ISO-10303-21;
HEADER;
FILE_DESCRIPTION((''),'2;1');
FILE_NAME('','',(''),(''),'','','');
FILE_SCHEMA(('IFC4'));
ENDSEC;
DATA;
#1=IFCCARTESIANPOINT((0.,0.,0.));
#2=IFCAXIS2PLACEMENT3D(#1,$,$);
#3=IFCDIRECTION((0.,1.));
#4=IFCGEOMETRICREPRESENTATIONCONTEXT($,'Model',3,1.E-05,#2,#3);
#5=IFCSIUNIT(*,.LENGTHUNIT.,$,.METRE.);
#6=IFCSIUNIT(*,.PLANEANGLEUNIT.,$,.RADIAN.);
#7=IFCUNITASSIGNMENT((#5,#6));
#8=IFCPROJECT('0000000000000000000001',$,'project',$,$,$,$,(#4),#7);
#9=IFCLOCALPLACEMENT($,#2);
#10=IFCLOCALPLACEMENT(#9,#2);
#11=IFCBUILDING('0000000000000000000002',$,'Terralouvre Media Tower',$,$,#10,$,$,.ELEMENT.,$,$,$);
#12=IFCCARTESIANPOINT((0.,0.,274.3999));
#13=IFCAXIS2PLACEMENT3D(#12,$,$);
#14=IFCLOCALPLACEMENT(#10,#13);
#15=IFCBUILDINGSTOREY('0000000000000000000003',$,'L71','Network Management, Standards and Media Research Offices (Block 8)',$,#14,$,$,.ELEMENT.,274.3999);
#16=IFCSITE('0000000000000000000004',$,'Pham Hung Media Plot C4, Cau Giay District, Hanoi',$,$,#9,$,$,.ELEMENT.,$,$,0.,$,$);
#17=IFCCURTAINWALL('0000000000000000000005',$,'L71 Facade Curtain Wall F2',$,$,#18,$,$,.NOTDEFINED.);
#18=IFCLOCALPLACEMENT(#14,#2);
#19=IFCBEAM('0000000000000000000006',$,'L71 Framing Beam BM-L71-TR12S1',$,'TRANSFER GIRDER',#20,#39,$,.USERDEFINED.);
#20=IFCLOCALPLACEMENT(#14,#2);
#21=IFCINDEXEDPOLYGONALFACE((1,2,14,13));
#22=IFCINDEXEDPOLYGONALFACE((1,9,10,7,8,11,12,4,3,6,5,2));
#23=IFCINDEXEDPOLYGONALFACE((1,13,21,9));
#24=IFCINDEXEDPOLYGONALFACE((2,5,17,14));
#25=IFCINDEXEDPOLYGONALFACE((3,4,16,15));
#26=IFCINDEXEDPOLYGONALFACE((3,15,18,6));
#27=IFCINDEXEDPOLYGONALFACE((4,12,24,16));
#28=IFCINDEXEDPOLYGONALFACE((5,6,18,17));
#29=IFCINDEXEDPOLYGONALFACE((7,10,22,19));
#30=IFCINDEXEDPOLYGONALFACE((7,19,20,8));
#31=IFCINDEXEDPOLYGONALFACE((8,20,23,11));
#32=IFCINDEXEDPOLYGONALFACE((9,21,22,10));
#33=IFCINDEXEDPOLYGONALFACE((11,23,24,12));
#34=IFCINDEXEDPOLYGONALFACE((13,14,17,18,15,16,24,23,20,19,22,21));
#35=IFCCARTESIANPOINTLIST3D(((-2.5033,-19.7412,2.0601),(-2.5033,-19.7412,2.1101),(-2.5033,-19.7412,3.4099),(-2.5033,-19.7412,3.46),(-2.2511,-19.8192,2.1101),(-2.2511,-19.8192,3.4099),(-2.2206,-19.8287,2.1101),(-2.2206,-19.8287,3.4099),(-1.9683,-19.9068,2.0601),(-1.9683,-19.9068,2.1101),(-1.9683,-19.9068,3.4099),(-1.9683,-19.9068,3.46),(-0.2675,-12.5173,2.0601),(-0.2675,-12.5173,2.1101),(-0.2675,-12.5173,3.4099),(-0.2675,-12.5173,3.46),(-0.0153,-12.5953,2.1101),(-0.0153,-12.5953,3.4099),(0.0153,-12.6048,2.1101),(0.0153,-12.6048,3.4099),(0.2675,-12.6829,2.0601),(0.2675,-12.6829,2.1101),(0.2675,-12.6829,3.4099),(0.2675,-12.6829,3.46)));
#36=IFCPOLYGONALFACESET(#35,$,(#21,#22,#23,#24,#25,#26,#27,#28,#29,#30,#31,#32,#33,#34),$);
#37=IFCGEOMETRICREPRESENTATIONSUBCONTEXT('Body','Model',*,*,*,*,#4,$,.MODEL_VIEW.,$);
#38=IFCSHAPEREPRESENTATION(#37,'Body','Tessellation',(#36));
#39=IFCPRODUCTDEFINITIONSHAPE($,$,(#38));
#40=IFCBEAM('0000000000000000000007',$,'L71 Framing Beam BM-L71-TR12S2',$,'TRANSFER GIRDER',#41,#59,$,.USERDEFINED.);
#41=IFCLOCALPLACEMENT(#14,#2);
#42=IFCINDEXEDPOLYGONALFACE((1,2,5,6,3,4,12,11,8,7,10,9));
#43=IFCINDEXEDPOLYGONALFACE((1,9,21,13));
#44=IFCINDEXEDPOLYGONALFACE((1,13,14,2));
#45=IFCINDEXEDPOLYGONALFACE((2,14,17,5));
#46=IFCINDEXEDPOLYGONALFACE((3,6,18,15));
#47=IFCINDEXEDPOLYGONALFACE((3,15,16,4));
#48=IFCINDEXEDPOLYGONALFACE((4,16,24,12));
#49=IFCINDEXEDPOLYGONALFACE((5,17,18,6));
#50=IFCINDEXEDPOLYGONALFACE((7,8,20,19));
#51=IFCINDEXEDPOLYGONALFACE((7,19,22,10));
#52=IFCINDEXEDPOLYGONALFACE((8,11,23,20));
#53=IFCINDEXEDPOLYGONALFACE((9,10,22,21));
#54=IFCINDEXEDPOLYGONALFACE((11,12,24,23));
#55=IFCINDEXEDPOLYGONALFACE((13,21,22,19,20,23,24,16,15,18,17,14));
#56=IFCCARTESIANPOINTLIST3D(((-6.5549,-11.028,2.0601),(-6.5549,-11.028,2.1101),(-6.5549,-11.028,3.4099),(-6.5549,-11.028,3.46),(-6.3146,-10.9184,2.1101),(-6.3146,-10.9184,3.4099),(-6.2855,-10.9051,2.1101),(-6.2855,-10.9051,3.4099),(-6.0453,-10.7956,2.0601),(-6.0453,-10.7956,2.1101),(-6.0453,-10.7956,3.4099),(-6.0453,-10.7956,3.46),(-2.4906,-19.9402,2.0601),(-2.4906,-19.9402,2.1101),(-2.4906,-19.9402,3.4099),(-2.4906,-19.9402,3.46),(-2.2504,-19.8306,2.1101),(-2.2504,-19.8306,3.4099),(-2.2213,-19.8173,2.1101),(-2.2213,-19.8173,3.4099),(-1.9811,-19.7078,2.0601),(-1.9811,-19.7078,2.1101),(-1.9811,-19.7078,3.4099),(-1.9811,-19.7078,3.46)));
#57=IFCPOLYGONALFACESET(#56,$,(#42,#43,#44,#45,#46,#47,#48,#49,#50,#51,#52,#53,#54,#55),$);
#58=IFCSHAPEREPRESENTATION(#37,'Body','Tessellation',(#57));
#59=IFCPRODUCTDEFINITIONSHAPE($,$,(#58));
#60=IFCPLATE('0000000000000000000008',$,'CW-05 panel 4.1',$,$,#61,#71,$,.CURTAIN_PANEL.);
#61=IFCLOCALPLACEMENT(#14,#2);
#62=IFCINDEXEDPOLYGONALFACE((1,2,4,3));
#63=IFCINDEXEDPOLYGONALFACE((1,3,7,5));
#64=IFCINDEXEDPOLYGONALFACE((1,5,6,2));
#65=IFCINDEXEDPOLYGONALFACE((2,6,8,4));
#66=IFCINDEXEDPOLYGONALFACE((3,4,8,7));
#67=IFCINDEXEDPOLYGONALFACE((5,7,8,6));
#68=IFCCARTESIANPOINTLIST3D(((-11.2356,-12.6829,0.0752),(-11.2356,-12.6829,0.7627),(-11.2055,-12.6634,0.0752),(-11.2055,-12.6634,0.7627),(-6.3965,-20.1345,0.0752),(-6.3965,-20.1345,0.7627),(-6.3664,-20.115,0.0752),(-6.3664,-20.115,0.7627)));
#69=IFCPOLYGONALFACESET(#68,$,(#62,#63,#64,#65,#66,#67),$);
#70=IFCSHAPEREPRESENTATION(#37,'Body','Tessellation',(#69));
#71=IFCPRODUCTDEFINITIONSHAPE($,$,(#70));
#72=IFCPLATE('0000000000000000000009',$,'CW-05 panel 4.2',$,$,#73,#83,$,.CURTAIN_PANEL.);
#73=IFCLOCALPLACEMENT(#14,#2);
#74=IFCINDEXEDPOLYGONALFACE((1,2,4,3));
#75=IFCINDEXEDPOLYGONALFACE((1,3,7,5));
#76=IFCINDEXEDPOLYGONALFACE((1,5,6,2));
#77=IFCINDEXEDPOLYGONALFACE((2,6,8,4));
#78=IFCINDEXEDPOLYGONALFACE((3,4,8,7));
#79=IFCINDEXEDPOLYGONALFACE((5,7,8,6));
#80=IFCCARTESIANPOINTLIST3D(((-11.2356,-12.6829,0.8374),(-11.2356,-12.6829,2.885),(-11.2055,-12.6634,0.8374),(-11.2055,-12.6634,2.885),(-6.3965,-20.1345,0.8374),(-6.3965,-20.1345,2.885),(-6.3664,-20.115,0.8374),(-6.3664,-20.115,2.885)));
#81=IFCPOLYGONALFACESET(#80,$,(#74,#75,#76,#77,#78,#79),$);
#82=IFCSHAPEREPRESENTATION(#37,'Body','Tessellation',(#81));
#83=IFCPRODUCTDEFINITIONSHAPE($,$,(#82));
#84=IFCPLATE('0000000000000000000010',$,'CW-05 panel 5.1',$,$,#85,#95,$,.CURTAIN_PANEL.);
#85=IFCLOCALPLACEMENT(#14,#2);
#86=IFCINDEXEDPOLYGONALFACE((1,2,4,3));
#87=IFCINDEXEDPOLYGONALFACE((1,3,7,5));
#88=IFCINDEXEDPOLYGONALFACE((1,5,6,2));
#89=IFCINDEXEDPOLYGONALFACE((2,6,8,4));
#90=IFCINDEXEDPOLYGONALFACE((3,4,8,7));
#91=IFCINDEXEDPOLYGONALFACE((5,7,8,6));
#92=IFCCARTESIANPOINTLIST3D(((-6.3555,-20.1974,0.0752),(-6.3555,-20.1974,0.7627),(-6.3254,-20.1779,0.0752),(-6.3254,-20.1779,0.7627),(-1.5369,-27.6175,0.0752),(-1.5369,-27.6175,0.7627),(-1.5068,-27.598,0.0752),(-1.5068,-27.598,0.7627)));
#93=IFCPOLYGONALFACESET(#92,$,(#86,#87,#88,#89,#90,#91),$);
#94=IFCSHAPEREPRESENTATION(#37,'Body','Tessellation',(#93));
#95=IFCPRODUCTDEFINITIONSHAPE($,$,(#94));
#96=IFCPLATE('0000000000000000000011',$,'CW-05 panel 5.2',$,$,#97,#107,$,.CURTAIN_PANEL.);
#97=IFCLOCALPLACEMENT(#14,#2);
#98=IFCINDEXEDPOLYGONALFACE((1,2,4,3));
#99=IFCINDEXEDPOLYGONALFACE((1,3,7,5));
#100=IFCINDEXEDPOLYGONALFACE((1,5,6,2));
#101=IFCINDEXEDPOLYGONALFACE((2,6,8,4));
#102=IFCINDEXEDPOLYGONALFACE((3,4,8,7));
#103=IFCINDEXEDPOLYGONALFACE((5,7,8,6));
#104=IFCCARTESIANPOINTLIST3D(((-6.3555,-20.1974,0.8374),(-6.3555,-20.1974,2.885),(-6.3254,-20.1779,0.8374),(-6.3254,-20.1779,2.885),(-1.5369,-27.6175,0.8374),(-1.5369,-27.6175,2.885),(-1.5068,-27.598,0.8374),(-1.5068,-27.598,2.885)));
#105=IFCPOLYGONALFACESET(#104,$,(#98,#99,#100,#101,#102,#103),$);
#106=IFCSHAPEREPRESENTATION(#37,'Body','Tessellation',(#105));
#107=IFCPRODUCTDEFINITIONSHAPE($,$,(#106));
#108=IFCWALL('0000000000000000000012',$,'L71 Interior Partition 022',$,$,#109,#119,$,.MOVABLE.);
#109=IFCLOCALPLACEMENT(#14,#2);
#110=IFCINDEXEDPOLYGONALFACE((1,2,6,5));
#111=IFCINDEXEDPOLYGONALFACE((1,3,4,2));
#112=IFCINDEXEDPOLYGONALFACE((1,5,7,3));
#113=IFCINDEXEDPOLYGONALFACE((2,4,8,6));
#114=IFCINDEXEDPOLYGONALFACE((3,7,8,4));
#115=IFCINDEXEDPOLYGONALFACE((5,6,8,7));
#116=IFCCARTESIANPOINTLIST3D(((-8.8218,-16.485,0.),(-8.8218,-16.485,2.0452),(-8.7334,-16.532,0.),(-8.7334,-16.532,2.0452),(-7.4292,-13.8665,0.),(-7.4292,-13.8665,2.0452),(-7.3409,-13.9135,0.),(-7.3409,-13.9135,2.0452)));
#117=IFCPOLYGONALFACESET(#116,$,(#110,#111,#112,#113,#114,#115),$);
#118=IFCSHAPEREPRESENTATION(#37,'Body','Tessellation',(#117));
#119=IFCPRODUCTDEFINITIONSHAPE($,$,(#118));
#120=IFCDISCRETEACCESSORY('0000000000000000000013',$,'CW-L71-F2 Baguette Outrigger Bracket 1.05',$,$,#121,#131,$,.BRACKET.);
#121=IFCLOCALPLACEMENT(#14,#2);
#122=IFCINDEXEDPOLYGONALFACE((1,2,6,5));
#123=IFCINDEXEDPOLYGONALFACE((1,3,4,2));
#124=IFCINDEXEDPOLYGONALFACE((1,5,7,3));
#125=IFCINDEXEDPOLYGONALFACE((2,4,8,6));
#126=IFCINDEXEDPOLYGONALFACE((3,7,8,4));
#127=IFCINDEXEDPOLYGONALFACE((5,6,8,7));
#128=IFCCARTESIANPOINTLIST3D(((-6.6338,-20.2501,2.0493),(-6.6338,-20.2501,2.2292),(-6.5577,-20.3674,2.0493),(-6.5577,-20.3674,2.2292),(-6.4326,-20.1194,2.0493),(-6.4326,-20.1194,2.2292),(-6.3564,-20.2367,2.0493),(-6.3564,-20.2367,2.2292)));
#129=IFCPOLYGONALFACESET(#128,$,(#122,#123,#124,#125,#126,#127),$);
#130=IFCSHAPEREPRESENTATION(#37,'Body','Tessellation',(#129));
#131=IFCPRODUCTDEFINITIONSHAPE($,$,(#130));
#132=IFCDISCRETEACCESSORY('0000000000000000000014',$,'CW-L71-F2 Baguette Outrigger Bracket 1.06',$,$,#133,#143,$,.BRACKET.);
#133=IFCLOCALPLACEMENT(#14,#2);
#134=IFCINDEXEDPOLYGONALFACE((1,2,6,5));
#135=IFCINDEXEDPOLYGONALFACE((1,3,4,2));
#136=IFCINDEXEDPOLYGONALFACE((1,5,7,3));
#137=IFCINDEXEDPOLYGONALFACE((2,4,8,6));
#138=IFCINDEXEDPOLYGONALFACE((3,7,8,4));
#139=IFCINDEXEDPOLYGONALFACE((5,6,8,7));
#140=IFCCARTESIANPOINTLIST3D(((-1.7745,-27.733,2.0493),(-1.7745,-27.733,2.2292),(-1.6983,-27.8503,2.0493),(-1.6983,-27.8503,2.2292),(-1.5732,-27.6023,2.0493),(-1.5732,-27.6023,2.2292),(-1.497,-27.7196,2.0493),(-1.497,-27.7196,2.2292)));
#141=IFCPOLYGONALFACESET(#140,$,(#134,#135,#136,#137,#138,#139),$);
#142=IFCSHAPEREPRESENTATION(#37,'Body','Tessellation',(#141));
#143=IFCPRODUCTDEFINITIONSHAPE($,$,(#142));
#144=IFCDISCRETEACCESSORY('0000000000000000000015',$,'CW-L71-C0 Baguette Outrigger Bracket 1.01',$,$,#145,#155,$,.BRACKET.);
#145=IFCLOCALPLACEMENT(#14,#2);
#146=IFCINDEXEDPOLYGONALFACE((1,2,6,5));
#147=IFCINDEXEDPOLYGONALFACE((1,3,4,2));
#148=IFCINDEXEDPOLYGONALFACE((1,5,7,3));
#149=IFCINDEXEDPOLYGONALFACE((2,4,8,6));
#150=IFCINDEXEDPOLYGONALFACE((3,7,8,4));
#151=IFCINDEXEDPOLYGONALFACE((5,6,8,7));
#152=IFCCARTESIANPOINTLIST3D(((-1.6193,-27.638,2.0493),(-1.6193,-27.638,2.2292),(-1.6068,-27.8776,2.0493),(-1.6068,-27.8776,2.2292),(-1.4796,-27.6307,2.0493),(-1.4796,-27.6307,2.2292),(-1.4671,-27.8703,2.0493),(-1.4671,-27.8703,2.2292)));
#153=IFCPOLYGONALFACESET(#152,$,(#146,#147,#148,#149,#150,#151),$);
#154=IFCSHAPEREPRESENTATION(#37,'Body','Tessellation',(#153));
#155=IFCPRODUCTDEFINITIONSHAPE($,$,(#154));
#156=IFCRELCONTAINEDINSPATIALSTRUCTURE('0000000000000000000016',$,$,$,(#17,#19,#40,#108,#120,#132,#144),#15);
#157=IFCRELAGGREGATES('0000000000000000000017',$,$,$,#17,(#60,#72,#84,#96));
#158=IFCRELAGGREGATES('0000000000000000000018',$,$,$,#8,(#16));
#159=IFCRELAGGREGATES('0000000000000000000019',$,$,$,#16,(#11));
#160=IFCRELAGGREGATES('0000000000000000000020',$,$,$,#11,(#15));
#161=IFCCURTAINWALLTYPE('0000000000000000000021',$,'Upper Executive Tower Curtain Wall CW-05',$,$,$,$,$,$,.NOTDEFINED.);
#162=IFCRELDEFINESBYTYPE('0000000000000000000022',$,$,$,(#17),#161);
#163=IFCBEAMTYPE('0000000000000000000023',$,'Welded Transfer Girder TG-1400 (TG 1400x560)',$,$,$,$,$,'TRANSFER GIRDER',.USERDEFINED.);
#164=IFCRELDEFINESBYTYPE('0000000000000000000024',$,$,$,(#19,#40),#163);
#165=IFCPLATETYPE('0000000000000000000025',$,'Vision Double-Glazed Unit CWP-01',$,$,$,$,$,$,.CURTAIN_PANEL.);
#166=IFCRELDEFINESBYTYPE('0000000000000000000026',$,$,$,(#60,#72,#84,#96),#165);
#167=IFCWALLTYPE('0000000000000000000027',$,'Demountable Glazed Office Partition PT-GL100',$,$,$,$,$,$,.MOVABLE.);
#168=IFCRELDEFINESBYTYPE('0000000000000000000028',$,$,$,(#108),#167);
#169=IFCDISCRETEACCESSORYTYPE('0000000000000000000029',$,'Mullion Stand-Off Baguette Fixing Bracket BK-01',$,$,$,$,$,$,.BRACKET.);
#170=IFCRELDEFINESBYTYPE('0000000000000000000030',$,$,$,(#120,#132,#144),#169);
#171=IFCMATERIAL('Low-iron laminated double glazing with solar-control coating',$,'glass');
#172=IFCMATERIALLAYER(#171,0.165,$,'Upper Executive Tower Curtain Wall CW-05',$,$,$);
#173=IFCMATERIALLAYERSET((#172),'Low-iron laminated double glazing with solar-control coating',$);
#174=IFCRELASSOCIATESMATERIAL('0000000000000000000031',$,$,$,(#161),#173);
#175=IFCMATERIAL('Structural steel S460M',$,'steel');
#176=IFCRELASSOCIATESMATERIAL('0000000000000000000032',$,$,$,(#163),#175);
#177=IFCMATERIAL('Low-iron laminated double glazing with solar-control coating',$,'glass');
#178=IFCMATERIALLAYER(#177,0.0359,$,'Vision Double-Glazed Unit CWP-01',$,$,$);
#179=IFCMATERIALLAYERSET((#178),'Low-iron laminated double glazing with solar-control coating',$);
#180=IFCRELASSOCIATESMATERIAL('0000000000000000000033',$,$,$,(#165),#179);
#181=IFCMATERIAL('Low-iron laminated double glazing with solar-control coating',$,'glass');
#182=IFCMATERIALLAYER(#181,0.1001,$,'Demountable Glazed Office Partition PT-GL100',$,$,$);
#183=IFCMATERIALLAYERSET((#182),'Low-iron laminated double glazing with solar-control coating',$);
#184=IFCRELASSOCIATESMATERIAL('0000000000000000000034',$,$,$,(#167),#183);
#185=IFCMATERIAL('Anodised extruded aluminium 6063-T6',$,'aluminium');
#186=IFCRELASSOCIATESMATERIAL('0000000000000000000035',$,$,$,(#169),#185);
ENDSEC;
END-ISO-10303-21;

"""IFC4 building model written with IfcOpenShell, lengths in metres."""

from ifc_helpers import new_model, si_unit, direction, frame, frame_2d, origin, origin_2d, place, context, subcontext, project, spatial, rectangle, i_section, extrude, material, layer, layer_set, material_profile, profile_set, type_object, element, aggregate, save


model = new_model("IFC4")

# Units and contexts
model_context = context("Model", 3, precision=1e-05, world=origin(), true_north=direction((0.0, 1.0)))
body_context = subcontext(model_context, "Body", "Model", "MODEL_VIEW")
ifc_project = project(units=[si_unit("LENGTHUNIT", "METRE"), si_unit("PLANEANGLEUNIT", "RADIAN")], contexts=[model_context])

# Site, building, storey
site_placement = place(None, origin())
site = spatial("IfcSite", under=ifc_project, at=site_placement, Name="Pham Hung Media Plot C4, Cau Giay District, Hanoi", CompositionType="ELEMENT", RefElevation=0.0)
building_placement = place(site_placement, origin())
building = spatial("IfcBuilding", under=site, at=building_placement, Name="Terralouvre Media Tower", CompositionType="ELEMENT")
storey_placement = place(building_placement, frame((0.0, 0.0, 274.3999)))
storey = spatial("IfcBuildingStorey", under=building, at=storey_placement, Name="L71", Description="Network Management, Standards and Media Research Offices (Block 8)", CompositionType="ELEMENT", Elevation=274.3999)

# Curtain wall
ifc_material_1 = material(Name="Low-iron laminated double glazing with solar-control coating", Category="glass")
ifc_layer_1 = layer(ifc_material_1, 0.165, Name="Upper Executive Tower Curtain Wall CW-05")
ifc_layer_set_1 = layer_set([ifc_layer_1], Name="Low-iron laminated double glazing with solar-control coating")
curtain_wall_type_1 = type_object("IfcCurtainWallType", Name="Upper Executive Tower Curtain Wall CW-05", PredefinedType="NOTDEFINED", material=ifc_layer_set_1)
curtain_wall_1_placement = place(storey_placement, origin())
curtain_wall_1 = element("IfcCurtainWall", 1, at=curtain_wall_1_placement, inside=storey, type_object=curtain_wall_type_1, Name="L71 Facade Curtain Wall F2", PredefinedType="NOTDEFINED")

# Beams
ifc_material_2 = material(Name="Structural steel S460M", Category="steel")
ifc_material_profile_1 = material_profile(ifc_material_2, i_section(OverallWidth=0.5601, OverallDepth=1.3999, WebThickness=0.032, FlangeThickness=0.05, at=origin_2d()), Name="TG 1400x560")
ifc_profile_set_1 = profile_set([ifc_material_profile_1], Name="Structural steel S460M")
beam_type = type_object("IfcBeamType", Name="Welded Transfer Girder TG-1400 (TG 1400x560)", ElementType="TRANSFER GIRDER", PredefinedType="USERDEFINED", material=ifc_profile_set_1)
beam_1_placement = place(storey_placement, frame((-2.2358, -19.824, 2.76), z_axis=(0.295669, 0.95529, 0.0), x_axis=(-0.95529, 0.295669, 0.0)))
element("IfcBeam", 2, at=beam_1_placement, inside=storey, type_object=beam_type, Name="L71 Framing Beam BM-L71-TR12S1", ObjectType="TRANSFER GIRDER", PredefinedType="USERDEFINED", context=body_context, shape_type="SweptSolid", body=[
    extrude(i_section(OverallWidth=0.5601, OverallDepth=1.3999, WebThickness=0.032, FlangeThickness=0.05, at=origin_2d()), origin(), (0.0, 0.0, 1.0), 7.562),
])
beam_2_placement = place(storey_placement, frame((-2.2358, -19.824, 2.76), z_axis=(-0.414924, 0.909856, 0.0), x_axis=(-0.909856, -0.414924, 0.0)))
element("IfcBeam", 3, at=beam_2_placement, inside=storey, type_object=beam_type, Name="L71 Framing Beam BM-L71-TR12S2", ObjectType="TRANSFER GIRDER", PredefinedType="USERDEFINED", context=body_context, shape_type="SweptSolid", body=[
    extrude(i_section(OverallWidth=0.5601, OverallDepth=1.3999, WebThickness=0.032, FlangeThickness=0.05, at=origin_2d()), origin(), (0.0, 0.0, 1.0), 9.7952),
])

# Plates
ifc_material_3 = material(Name="Low-iron laminated double glazing with solar-control coating", Category="glass")
ifc_layer_2 = layer(ifc_material_3, 0.0359, Name="Vision Double-Glazed Unit CWP-01")
ifc_layer_set_2 = layer_set([ifc_layer_2], Name="Low-iron laminated double glazing with solar-control coating")
plate_type = type_object("IfcPlateType", Name="Vision Double-Glazed Unit CWP-01", PredefinedType="CURTAIN_PANEL", material=ifc_layer_set_2)
plate_1_placement = place(storey_placement, frame((-8.801, -16.3989, 0.0752), z_axis=(0.0, 0.0, 1.0), x_axis=(0.544639, -0.838671, 0.0)))
plate_1 = element("IfcPlate", 4, at=plate_1_placement, type_object=plate_type, Name="CW-05 panel 4.1", PredefinedType="CURTAIN_PANEL", context=body_context, shape_type="SweptSolid", body=[
    extrude(rectangle(XDim=8.885, YDim=0.0359, at=origin_2d()), origin(), (0.0, 0.0, 1.0), 0.6875),
])
plate_2_placement = place(storey_placement, frame((-8.801, -16.3989, 0.8374), z_axis=(0.0, 0.0, 1.0), x_axis=(0.544639, -0.838671, 0.0)))
plate_2 = element("IfcPlate", 5, at=plate_2_placement, type_object=plate_type, Name="CW-05 panel 4.2", PredefinedType="CURTAIN_PANEL", context=body_context, shape_type="SweptSolid", body=[
    extrude(rectangle(XDim=8.885, YDim=0.0359, at=origin_2d()), origin(), (0.0, 0.0, 1.0), 2.0476),
])
plate_3_placement = place(storey_placement, frame((-3.9312, -23.8977, 0.0752), z_axis=(0.0, 0.0, 1.0), x_axis=(0.544639, -0.838671, 0.0)))
plate_3 = element("IfcPlate", 6, at=plate_3_placement, type_object=plate_type, Name="CW-05 panel 5.1", PredefinedType="CURTAIN_PANEL", context=body_context, shape_type="SweptSolid", body=[
    extrude(rectangle(XDim=8.8474, YDim=0.0359, at=origin_2d()), origin(), (0.0, 0.0, 1.0), 0.6875),
])
plate_4_placement = place(storey_placement, frame((-3.9312, -23.8977, 0.8374), z_axis=(0.0, 0.0, 1.0), x_axis=(0.544639, -0.838671, 0.0)))
plate_4 = element("IfcPlate", 7, at=plate_4_placement, type_object=plate_type, Name="CW-05 panel 5.2", PredefinedType="CURTAIN_PANEL", context=body_context, shape_type="SweptSolid", body=[
    extrude(rectangle(XDim=8.8474, YDim=0.0359, at=origin_2d()), origin(), (0.0, 0.0, 1.0), 2.0476),
])
aggregate(curtain_wall_1, [plate_1, plate_2, plate_3, plate_4])

# Wall
ifc_material_4 = material(Name="Low-iron laminated double glazing with solar-control coating", Category="glass")
ifc_layer_3 = layer(ifc_material_4, 0.1001, Name="Demountable Glazed Office Partition PT-GL100")
ifc_layer_set_3 = layer_set([ifc_layer_3], Name="Low-iron laminated double glazing with solar-control coating")
wall_type = type_object("IfcWallType", Name="Demountable Glazed Office Partition PT-GL100", PredefinedType="MOVABLE", material=ifc_layer_set_3)
wall_placement = place(storey_placement, frame((-8.7776, -16.5085, 0.0), z_axis=(0.0, 0.0, 1.0), x_axis=(0.469528, 0.882917, 0.0)))
element("IfcWall", 8, at=wall_placement, inside=storey, type_object=wall_type, Name="L71 Interior Partition 022", PredefinedType="MOVABLE", context=body_context, shape_type="SweptSolid", body=[
    extrude(rectangle(XDim=2.9658, YDim=0.1001, at=frame_2d((1.4829, 0.0))), origin(), (0.0, 0.0, 1.0), 2.0452),
])

# Discrete accessories
ifc_material_5 = material(Name="Anodised extruded aluminium 6063-T6", Category="aluminium")
discrete_accessory_type = type_object("IfcDiscreteAccessoryType", Name="Mullion Stand-Off Baguette Fixing Bracket BK-01", PredefinedType="BRACKET", material=ifc_material_5)
for number, where, z_axis, x_axis, name in (
    (9, (-6.4951, -20.2434, 2.0493), (0.0, 0.0, 1.0), (0.544639, -0.838671, 0.0), "CW-L71-F2 Baguette Outrigger Bracket 1.05"),
    (10, (-1.6357, -27.7263, 2.0493), (0.0, 0.0, 1.0), (0.544639, -0.838671, 0.0), "CW-L71-F2 Baguette Outrigger Bracket 1.06"),
    (11, (-1.5432, -27.7542, 2.0493), (0.0, 0.0, 1.0), (0.99863, 0.052336, 0.0), "CW-L71-C0 Baguette Outrigger Bracket 1.01"),
):
    element("IfcDiscreteAccessory", number, at=place(storey_placement, frame(where, z_axis=z_axis, x_axis=x_axis)), inside=storey, type_object=discrete_accessory_type, Name=name, PredefinedType="BRACKET", context=body_context, shape_type="SweptSolid", body=[
        extrude(rectangle(XDim=0.1399, YDim=0.24, at=origin_2d()), origin(), (0.0, 0.0, 1.0), 0.1799),
    ])

save(model, "model.ifc")
